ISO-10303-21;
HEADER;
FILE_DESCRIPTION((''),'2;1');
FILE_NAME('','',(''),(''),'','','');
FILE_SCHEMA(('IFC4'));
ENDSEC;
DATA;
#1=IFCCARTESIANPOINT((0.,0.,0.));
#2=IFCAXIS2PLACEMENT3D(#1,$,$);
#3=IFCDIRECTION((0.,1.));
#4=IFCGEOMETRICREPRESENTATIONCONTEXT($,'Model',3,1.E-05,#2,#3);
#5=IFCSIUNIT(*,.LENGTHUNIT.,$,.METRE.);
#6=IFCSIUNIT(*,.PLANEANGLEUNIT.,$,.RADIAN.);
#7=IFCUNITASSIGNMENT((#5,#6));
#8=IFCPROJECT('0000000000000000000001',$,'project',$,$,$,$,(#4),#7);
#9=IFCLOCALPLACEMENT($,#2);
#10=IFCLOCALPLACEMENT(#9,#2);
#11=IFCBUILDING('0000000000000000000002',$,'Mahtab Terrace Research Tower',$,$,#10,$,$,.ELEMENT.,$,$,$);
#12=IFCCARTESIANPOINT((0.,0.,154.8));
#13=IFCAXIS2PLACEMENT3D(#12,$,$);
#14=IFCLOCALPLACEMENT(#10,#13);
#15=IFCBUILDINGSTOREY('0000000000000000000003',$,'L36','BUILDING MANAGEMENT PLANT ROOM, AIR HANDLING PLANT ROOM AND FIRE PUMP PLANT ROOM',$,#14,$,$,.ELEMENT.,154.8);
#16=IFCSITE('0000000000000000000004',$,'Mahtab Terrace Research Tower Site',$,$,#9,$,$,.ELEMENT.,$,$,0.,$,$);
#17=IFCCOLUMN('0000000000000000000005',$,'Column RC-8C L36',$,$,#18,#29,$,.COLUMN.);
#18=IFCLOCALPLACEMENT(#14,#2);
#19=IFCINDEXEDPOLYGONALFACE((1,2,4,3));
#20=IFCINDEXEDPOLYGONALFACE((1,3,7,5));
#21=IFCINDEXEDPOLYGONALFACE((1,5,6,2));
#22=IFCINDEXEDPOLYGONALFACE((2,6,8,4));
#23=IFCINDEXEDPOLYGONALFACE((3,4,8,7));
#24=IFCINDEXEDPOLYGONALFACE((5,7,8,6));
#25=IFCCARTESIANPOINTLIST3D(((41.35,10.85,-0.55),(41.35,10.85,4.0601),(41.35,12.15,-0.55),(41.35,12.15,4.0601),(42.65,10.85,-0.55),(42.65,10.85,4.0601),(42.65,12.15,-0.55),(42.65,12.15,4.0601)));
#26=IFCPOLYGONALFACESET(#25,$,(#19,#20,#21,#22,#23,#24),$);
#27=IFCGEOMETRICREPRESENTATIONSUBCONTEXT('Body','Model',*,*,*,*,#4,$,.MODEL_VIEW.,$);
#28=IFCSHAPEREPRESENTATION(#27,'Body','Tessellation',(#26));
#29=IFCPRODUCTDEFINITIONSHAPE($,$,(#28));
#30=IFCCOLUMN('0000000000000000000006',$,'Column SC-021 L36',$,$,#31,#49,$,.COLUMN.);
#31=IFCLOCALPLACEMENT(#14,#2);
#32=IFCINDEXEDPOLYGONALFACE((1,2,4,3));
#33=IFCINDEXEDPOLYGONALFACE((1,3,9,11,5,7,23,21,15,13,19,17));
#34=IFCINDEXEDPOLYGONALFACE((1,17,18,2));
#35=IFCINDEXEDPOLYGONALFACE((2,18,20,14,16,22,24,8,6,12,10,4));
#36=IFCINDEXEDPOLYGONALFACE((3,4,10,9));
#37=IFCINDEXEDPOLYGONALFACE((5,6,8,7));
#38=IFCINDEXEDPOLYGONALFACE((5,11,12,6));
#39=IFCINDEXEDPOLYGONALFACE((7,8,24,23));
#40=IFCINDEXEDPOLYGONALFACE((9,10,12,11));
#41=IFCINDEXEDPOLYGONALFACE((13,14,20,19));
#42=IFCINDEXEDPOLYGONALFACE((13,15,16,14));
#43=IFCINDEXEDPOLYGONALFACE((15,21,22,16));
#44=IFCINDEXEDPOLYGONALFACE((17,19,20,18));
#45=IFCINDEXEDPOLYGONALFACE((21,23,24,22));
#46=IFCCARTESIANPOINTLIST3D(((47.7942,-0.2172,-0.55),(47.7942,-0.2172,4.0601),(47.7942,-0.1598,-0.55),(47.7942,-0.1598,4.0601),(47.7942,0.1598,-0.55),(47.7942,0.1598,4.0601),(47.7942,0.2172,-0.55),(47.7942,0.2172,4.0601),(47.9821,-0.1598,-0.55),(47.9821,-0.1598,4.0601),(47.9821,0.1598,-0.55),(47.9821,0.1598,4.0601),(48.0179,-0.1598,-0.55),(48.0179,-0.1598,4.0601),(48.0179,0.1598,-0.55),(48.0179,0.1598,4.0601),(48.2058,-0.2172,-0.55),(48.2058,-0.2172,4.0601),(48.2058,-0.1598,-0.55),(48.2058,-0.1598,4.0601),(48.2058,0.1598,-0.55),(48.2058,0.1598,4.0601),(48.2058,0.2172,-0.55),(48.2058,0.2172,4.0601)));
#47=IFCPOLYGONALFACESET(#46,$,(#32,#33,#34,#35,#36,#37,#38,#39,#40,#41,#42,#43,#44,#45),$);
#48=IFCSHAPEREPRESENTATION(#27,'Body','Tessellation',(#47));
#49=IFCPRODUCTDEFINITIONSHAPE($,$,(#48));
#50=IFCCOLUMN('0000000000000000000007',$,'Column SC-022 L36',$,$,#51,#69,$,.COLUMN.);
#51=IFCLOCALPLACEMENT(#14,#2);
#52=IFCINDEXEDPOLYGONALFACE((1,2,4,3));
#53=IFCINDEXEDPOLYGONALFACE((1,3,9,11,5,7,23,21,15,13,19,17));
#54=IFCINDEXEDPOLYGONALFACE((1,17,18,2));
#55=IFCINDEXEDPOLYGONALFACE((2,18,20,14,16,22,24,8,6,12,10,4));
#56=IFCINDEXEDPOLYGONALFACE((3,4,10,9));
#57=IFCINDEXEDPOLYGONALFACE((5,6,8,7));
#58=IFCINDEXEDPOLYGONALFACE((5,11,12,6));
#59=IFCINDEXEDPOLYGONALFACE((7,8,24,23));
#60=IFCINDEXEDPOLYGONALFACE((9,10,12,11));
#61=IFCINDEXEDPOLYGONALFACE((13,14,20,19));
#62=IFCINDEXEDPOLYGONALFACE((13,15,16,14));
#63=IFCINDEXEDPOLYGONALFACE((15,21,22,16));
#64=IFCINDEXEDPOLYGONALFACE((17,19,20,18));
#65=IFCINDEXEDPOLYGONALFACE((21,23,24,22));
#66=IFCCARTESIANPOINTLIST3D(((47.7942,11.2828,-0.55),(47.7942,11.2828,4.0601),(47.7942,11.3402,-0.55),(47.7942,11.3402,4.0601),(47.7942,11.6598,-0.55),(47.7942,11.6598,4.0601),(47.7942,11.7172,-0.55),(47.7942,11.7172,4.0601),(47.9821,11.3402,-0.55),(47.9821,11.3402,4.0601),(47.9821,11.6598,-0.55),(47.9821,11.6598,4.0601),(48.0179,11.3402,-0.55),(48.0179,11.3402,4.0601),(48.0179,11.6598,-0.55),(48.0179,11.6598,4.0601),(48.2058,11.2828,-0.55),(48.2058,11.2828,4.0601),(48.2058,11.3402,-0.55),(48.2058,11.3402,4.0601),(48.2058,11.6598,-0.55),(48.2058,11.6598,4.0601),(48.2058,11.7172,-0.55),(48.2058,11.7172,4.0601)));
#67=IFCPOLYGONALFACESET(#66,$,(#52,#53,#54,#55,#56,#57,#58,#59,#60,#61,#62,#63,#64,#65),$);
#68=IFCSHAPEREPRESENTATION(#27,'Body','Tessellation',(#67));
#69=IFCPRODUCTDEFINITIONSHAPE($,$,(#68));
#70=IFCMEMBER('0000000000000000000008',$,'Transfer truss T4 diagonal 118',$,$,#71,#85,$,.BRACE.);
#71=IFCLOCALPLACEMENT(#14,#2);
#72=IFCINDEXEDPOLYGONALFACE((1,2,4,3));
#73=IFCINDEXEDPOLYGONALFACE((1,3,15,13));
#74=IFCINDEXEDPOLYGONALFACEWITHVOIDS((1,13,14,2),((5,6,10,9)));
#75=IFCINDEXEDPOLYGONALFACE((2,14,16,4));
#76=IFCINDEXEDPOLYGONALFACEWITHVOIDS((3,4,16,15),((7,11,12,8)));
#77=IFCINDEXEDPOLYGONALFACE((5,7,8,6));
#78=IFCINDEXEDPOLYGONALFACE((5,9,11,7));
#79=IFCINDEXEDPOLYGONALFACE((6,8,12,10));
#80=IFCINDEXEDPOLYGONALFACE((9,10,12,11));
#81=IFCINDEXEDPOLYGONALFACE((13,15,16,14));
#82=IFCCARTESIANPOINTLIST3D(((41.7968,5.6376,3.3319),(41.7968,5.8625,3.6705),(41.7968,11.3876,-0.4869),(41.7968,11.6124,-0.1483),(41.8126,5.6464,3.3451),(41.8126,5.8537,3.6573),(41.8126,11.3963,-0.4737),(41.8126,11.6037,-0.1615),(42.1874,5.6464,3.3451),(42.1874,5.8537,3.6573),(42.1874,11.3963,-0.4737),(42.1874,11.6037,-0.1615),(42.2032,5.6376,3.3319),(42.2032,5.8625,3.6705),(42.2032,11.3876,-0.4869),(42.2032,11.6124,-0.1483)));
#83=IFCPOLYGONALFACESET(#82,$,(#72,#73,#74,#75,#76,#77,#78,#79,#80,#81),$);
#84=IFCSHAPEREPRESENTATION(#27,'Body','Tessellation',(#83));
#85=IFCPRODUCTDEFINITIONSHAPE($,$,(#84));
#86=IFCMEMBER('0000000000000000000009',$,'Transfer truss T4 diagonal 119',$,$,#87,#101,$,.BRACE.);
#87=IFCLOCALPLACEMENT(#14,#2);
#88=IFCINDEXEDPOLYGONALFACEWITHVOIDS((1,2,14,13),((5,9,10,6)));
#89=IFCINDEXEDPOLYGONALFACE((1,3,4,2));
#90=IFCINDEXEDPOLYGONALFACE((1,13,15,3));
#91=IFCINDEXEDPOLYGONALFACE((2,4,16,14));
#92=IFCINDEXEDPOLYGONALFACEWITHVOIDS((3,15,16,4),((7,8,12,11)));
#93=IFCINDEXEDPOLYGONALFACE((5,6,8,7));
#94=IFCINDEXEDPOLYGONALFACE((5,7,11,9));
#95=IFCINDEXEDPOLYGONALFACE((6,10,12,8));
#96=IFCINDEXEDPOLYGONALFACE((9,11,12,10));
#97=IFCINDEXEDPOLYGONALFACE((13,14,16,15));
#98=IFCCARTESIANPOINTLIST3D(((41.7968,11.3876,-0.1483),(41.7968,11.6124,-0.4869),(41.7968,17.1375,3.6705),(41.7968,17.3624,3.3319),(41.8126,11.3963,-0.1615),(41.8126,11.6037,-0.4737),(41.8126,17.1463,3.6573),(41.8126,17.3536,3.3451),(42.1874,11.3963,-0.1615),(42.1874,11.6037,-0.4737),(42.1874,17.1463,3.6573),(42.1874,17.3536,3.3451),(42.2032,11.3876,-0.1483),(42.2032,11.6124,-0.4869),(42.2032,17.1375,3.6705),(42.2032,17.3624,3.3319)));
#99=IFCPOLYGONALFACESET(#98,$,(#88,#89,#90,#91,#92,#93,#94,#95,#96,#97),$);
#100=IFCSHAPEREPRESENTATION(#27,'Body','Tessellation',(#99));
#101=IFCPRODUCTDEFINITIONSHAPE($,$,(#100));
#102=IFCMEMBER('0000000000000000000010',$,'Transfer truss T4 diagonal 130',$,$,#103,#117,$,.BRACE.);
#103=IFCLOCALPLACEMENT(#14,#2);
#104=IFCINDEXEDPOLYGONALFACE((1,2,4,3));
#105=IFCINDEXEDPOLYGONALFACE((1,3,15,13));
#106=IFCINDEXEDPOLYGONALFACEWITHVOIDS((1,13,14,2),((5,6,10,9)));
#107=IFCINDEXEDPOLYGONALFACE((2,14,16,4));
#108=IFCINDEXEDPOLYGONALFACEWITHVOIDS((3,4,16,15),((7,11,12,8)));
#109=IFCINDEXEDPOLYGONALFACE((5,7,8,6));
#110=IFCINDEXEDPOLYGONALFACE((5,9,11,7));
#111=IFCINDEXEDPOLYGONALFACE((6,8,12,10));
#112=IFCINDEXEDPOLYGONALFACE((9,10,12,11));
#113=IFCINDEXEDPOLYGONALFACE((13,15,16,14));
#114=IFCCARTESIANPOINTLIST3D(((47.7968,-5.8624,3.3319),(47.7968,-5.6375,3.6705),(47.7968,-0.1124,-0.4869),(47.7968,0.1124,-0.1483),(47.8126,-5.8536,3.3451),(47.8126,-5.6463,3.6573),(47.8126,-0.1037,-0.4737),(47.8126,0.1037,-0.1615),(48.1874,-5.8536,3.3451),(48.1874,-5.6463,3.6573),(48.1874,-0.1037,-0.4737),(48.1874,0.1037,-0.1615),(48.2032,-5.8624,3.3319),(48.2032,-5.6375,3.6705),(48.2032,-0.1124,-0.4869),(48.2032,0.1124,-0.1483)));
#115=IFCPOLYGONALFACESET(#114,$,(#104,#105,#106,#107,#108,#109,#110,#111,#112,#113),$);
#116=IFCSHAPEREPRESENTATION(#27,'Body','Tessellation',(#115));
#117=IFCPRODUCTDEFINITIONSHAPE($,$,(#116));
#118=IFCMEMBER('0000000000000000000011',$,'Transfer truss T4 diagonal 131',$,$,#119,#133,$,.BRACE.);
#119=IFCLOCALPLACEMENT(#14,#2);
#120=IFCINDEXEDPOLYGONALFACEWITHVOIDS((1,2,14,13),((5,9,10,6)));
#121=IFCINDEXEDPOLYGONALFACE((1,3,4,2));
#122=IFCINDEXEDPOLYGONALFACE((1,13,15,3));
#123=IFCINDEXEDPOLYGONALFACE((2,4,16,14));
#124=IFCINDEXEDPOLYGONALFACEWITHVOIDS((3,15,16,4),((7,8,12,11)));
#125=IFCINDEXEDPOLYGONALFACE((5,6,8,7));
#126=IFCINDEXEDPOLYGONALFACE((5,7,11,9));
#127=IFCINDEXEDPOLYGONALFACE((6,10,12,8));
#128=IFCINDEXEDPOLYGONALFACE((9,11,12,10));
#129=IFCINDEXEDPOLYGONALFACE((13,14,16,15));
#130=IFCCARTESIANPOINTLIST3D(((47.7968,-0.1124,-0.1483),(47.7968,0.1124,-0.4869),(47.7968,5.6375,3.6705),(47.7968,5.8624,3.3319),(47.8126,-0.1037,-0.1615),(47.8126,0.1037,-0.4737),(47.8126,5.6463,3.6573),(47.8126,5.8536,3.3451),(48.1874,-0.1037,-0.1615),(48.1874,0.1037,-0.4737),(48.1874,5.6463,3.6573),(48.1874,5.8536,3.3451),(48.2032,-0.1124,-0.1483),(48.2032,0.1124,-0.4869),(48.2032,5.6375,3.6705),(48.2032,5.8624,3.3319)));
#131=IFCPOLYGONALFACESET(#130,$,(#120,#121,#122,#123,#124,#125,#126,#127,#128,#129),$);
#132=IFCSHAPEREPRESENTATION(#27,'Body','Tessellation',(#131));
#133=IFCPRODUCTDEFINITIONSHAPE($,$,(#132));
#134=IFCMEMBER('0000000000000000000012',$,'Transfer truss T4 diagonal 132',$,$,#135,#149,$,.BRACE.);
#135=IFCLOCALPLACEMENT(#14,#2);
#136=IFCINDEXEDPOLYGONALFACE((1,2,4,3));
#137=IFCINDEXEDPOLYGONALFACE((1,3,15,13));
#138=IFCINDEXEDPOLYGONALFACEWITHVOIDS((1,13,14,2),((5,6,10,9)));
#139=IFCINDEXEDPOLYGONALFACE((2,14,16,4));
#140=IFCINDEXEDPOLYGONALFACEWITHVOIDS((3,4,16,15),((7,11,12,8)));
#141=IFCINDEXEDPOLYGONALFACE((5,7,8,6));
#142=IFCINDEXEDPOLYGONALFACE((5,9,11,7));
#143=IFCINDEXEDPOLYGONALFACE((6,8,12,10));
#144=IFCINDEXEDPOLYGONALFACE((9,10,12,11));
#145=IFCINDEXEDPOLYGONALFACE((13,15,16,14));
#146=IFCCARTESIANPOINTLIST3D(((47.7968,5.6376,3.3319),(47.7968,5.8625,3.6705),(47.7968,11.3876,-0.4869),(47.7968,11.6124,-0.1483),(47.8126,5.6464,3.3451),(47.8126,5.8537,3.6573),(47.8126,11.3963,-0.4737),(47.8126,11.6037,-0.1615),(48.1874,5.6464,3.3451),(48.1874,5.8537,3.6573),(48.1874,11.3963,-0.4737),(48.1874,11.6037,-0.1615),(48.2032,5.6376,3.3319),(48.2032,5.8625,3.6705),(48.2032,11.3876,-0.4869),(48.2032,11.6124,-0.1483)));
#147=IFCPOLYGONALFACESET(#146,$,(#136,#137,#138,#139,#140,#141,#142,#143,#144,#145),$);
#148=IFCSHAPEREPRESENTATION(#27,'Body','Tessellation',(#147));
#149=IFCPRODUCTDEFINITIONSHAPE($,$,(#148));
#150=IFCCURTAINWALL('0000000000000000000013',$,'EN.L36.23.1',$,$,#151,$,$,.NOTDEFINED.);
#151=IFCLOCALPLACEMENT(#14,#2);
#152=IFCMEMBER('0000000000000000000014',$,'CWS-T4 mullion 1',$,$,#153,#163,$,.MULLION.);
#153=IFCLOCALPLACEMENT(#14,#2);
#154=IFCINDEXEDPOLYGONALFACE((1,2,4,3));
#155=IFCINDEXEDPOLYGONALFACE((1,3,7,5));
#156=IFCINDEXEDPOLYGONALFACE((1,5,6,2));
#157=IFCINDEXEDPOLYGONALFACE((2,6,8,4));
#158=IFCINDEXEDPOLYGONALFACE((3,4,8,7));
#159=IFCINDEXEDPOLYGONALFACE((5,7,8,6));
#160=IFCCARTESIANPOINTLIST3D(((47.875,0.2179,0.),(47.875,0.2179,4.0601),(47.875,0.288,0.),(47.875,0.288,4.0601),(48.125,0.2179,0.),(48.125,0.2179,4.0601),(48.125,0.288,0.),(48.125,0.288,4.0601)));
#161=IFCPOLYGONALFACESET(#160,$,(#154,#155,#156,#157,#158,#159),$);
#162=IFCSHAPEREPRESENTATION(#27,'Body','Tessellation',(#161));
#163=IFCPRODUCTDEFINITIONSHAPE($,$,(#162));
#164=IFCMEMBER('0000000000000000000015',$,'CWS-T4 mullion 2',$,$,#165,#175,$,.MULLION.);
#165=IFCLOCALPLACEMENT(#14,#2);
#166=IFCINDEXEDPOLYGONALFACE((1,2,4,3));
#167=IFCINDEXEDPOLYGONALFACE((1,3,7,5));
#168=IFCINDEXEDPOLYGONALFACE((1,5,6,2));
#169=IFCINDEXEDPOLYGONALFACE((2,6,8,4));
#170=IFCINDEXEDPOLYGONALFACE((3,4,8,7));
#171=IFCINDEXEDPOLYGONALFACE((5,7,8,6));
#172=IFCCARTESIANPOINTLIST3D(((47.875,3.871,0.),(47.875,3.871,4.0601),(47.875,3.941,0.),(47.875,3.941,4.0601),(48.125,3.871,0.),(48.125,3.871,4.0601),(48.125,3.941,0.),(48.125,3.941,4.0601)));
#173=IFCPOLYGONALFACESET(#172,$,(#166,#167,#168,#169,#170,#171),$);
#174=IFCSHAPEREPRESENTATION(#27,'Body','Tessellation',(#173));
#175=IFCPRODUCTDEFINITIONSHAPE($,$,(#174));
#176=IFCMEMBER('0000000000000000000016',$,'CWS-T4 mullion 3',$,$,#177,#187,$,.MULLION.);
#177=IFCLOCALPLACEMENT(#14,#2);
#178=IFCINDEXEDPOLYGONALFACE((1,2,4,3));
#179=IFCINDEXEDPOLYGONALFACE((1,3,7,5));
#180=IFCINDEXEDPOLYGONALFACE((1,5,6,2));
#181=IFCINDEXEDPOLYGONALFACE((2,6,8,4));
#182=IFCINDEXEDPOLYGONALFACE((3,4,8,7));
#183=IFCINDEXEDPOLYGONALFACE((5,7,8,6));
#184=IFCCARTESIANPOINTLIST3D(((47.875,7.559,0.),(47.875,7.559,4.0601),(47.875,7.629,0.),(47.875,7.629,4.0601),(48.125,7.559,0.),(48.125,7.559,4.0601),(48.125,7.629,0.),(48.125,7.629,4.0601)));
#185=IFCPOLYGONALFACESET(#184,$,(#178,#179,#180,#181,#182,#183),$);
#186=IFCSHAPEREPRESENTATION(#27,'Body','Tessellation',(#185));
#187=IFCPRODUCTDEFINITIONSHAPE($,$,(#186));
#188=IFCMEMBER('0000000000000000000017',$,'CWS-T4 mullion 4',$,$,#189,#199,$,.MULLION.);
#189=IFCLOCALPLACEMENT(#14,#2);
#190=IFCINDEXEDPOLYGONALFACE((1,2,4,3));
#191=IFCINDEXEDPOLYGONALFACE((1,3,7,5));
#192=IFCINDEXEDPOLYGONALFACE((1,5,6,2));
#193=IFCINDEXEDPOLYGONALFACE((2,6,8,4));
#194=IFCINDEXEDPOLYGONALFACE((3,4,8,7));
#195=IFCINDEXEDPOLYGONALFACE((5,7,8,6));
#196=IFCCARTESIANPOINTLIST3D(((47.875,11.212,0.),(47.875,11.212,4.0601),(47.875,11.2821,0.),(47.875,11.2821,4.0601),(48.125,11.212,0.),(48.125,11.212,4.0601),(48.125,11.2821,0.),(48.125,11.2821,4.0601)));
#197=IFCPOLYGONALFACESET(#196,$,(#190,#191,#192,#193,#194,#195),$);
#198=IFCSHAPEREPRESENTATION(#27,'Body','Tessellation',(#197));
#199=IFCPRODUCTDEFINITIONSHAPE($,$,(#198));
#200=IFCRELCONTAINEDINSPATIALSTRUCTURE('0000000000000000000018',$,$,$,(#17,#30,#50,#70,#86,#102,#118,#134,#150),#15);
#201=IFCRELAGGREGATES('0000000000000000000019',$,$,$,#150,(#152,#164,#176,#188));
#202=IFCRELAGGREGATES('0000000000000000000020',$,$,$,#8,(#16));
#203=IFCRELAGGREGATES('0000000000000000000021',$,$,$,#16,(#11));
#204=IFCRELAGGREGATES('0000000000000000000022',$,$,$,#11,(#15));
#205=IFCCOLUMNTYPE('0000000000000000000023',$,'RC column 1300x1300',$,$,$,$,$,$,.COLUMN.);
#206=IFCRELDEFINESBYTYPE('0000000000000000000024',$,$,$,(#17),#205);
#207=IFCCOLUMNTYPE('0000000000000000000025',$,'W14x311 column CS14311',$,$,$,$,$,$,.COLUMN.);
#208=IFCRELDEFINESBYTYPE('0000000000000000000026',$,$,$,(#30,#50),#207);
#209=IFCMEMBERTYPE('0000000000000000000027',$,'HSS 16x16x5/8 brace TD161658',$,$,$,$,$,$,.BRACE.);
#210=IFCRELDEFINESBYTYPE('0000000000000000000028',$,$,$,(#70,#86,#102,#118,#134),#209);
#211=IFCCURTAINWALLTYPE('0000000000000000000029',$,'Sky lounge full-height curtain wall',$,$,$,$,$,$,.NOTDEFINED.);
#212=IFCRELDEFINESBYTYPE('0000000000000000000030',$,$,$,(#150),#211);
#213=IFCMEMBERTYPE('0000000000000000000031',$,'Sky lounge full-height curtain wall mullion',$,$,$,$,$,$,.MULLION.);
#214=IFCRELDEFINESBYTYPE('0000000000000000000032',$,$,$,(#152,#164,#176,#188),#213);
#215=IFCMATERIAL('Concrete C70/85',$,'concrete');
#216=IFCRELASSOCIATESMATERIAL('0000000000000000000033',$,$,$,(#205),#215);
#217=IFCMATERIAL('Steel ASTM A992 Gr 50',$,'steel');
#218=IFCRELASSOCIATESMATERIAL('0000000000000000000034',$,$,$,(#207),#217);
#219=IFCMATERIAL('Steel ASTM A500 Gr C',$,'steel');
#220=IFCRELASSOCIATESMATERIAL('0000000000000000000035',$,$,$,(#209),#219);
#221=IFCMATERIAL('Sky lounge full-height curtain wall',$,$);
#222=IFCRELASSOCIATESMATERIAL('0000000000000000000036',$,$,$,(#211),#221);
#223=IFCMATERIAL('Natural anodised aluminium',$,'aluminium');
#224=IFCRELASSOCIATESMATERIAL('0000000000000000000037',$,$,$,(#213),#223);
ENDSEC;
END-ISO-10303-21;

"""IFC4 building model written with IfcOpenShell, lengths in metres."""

from ifc_helpers import new_model, si_unit, direction, frame, origin, origin_2d, place, context, subcontext, project, spatial, rectangle, hollow_rectangle, i_section, extrude, material, material_profile, profile_set, type_object, element, aggregate, save


model = new_model("IFC4")

# Units and contexts
model_context = context("Model", 3, precision=1e-05, world=origin(), true_north=direction((0.0, 1.0)))
body_context = subcontext(model_context, "Body", "Model", "MODEL_VIEW")
ifc_project = project(units=[si_unit("LENGTHUNIT", "METRE"), si_unit("PLANEANGLEUNIT", "RADIAN")], contexts=[model_context])

# Site, building, storey
site_placement = place(None, origin())
site = spatial("IfcSite", under=ifc_project, at=site_placement, Name="Mahtab Terrace Research Tower Site", CompositionType="ELEMENT", RefElevation=0.0)
building_placement = place(site_placement, origin())
building = spatial("IfcBuilding", under=site, at=building_placement, Name="Mahtab Terrace Research Tower", CompositionType="ELEMENT")
storey_placement = place(building_placement, frame((0.0, 0.0, 154.8)))
storey = spatial("IfcBuildingStorey", under=building, at=storey_placement, Name="L36", Description="BUILDING MANAGEMENT PLANT ROOM, AIR HANDLING PLANT ROOM AND FIRE PUMP PLANT ROOM", CompositionType="ELEMENT", Elevation=154.8)

# Columns
ifc_material_1 = material(Name="Concrete C70/85", Category="concrete")
ifc_material_profile_1 = material_profile(ifc_material_1, rectangle(XDim=1.3, YDim=1.3, at=origin_2d()), Name="RC column 1300x1300")
ifc_profile_set_1 = profile_set([ifc_material_profile_1], Name="Concrete C70/85")
column_type_1 = type_object("IfcColumnType", Name="RC column 1300x1300", PredefinedType="COLUMN", material=ifc_profile_set_1)
column_placement = place(storey_placement, frame((42.0, 11.5, -0.55), z_axis=(0.0, 0.0, 1.0), x_axis=(1.0, 0.0, 0.0)))
element("IfcColumn", 1, at=column_placement, inside=storey, type_object=column_type_1, Name="Column RC-8C L36", PredefinedType="COLUMN", context=body_context, shape_type="SweptSolid", body=[
    extrude(rectangle(XDim=1.3, YDim=1.3, at=origin_2d()), origin(), (0.0, 0.0, 1.0), 4.6101),
])
ifc_material_2 = material(Name="Steel ASTM A992 Gr 50", Category="steel")
ifc_material_profile_2 = material_profile(ifc_material_2, i_section(OverallWidth=0.4116, OverallDepth=0.4343, WebThickness=0.0359, FlangeThickness=0.0574, at=origin_2d()), Name="W14X311")
ifc_profile_set_2 = profile_set([ifc_material_profile_2], Name="Steel ASTM A992 Gr 50")
column_type_2 = type_object("IfcColumnType", Name="W14x311 column CS14311", PredefinedType="COLUMN", material=ifc_profile_set_2)
for number, where, z_axis, x_axis, name in (
    (2, (48.0, 0.0, -0.55), (0.0, 0.0, 1.0), (1.0, 0.0, 0.0), "Column SC-021 L36"),
    (3, (48.0, 11.5, -0.55), (0.0, 0.0, 1.0), (1.0, 0.0, 0.0), "Column SC-022 L36"),
):
    element("IfcColumn", number, at=place(storey_placement, frame(where, z_axis=z_axis, x_axis=x_axis)), inside=storey, type_object=column_type_2, Name=name, PredefinedType="COLUMN", context=body_context, shape_type="SweptSolid", body=[
        extrude(i_section(OverallWidth=0.4116, OverallDepth=0.4343, WebThickness=0.0359, FlangeThickness=0.0574, at=origin_2d()), origin(), (0.0, 0.0, 1.0), 4.6101),
    ])

# Members
ifc_material_3 = material(Name="Steel ASTM A500 Gr C", Category="steel")
ifc_material_profile_3 = material_profile(ifc_material_3, hollow_rectangle(XDim=0.4065, YDim=0.4065, WallThickness=0.0159, at=origin_2d()), Name="HSS16X16X5/8")
ifc_profile_set_3 = profile_set([ifc_material_profile_3], Name="Steel ASTM A500 Gr C")
member_type_1 = type_object("IfcMemberType", Name="HSS 16x16x5/8 brace TD161658", PredefinedType="BRACE", material=ifc_profile_set_3)
for number, where, z_axis, x_axis, name in (
    (4, (42.0, 11.5, -0.3176), (0.0, -0.833018, 0.553246), (1.0, 0.0, 0.0), "Transfer truss T4 diagonal 118"),
    (5, (42.0, 11.5, -0.3176), (0.0, 0.833018, 0.553246), (-1.0, 0.0, 0.0), "Transfer truss T4 diagonal 119"),
    (6, (48.0, 0.0, -0.3176), (0.0, -0.833018, 0.553246), (1.0, 0.0, 0.0), "Transfer truss T4 diagonal 130"),
    (7, (48.0, 0.0, -0.3176), (0.0, 0.833018, 0.553246), (-1.0, 0.0, 0.0), "Transfer truss T4 diagonal 131"),
    (8, (48.0, 11.5, -0.3176), (0.0, -0.833018, 0.553246), (1.0, 0.0, 0.0), "Transfer truss T4 diagonal 132"),
):
    element("IfcMember", number, at=place(storey_placement, frame(where, z_axis=z_axis, x_axis=x_axis)), inside=storey, type_object=member_type_1, Name=name, PredefinedType="BRACE", context=body_context, shape_type="SweptSolid", body=[
        extrude(hollow_rectangle(XDim=0.4065, YDim=0.4065, WallThickness=0.0159, at=origin_2d()), origin(), (0.0, 0.0, 1.0), 6.9026),
    ])

# Curtain wall, members
ifc_material_4 = material(Name="Sky lounge full-height curtain wall")
curtain_wall_type = type_object("IfcCurtainWallType", Name="Sky lounge full-height curtain wall", PredefinedType="NOTDEFINED", material=ifc_material_4)
curtain_wall_placement = place(storey_placement, origin())
curtain_wall = element("IfcCurtainWall", 9, at=curtain_wall_placement, inside=storey, type_object=curtain_wall_type, Name="EN.L36.23.1", PredefinedType="NOTDEFINED")
ifc_material_5 = material(Name="Natural anodised aluminium", Category="aluminium")
ifc_material_profile_4 = material_profile(ifc_material_5, rectangle(XDim=0.25, YDim=0.0701, at=origin_2d()), Name="MULLION 70x250")
ifc_profile_set_4 = profile_set([ifc_material_profile_4], Name="Natural anodised aluminium")
member_type_2 = type_object("IfcMemberType", Name="Sky lounge full-height curtain wall mullion", PredefinedType="MULLION", material=ifc_profile_set_4)
member_1_placement = place(storey_placement, frame((48.0, 0.2529, 0.0), z_axis=(0.0, 0.0, 1.0), x_axis=(-1.0, 0.0, 0.0)))
member_1 = element("IfcMember", 10, at=member_1_placement, type_object=member_type_2, Name="CWS-T4 mullion 1", PredefinedType="MULLION", context=body_context, shape_type="SweptSolid", body=[
    extrude(rectangle(XDim=0.25, YDim=0.0701, at=origin_2d()), origin(), (0.0, 0.0, 1.0), 4.0601),
])
member_2_placement = place(storey_placement, frame((48.0, 3.906, 0.0), z_axis=(0.0, 0.0, 1.0), x_axis=(-1.0, 0.0, 0.0)))
member_2 = element("IfcMember", 11, at=member_2_placement, type_object=member_type_2, Name="CWS-T4 mullion 2", PredefinedType="MULLION", context=body_context, shape_type="SweptSolid", body=[
    extrude(rectangle(XDim=0.25, YDim=0.0701, at=origin_2d()), origin(), (0.0, 0.0, 1.0), 4.0601),
])
member_3_placement = place(storey_placement, frame((48.0, 7.594, 0.0), z_axis=(0.0, 0.0, 1.0), x_axis=(-1.0, 0.0, 0.0)))
member_3 = element("IfcMember", 12, at=member_3_placement, type_object=member_type_2, Name="CWS-T4 mullion 3", PredefinedType="MULLION", context=body_context, shape_type="SweptSolid", body=[
    extrude(rectangle(XDim=0.25, YDim=0.0701, at=origin_2d()), origin(), (0.0, 0.0, 1.0), 4.0601),
])
member_4_placement = place(storey_placement, frame((48.0, 11.2471, 0.0), z_axis=(0.0, 0.0, 1.0), x_axis=(-1.0, 0.0, 0.0)))
member_4 = element("IfcMember", 13, at=member_4_placement, type_object=member_type_2, Name="CWS-T4 mullion 4", PredefinedType="MULLION", context=body_context, shape_type="SweptSolid", body=[
    extrude(rectangle(XDim=0.25, YDim=0.0701, at=origin_2d()), origin(), (0.0, 0.0, 1.0), 4.0601),
])

aggregate(curtain_wall, [member_1, member_2, member_3, member_4])

save(model, "model.ifc")
